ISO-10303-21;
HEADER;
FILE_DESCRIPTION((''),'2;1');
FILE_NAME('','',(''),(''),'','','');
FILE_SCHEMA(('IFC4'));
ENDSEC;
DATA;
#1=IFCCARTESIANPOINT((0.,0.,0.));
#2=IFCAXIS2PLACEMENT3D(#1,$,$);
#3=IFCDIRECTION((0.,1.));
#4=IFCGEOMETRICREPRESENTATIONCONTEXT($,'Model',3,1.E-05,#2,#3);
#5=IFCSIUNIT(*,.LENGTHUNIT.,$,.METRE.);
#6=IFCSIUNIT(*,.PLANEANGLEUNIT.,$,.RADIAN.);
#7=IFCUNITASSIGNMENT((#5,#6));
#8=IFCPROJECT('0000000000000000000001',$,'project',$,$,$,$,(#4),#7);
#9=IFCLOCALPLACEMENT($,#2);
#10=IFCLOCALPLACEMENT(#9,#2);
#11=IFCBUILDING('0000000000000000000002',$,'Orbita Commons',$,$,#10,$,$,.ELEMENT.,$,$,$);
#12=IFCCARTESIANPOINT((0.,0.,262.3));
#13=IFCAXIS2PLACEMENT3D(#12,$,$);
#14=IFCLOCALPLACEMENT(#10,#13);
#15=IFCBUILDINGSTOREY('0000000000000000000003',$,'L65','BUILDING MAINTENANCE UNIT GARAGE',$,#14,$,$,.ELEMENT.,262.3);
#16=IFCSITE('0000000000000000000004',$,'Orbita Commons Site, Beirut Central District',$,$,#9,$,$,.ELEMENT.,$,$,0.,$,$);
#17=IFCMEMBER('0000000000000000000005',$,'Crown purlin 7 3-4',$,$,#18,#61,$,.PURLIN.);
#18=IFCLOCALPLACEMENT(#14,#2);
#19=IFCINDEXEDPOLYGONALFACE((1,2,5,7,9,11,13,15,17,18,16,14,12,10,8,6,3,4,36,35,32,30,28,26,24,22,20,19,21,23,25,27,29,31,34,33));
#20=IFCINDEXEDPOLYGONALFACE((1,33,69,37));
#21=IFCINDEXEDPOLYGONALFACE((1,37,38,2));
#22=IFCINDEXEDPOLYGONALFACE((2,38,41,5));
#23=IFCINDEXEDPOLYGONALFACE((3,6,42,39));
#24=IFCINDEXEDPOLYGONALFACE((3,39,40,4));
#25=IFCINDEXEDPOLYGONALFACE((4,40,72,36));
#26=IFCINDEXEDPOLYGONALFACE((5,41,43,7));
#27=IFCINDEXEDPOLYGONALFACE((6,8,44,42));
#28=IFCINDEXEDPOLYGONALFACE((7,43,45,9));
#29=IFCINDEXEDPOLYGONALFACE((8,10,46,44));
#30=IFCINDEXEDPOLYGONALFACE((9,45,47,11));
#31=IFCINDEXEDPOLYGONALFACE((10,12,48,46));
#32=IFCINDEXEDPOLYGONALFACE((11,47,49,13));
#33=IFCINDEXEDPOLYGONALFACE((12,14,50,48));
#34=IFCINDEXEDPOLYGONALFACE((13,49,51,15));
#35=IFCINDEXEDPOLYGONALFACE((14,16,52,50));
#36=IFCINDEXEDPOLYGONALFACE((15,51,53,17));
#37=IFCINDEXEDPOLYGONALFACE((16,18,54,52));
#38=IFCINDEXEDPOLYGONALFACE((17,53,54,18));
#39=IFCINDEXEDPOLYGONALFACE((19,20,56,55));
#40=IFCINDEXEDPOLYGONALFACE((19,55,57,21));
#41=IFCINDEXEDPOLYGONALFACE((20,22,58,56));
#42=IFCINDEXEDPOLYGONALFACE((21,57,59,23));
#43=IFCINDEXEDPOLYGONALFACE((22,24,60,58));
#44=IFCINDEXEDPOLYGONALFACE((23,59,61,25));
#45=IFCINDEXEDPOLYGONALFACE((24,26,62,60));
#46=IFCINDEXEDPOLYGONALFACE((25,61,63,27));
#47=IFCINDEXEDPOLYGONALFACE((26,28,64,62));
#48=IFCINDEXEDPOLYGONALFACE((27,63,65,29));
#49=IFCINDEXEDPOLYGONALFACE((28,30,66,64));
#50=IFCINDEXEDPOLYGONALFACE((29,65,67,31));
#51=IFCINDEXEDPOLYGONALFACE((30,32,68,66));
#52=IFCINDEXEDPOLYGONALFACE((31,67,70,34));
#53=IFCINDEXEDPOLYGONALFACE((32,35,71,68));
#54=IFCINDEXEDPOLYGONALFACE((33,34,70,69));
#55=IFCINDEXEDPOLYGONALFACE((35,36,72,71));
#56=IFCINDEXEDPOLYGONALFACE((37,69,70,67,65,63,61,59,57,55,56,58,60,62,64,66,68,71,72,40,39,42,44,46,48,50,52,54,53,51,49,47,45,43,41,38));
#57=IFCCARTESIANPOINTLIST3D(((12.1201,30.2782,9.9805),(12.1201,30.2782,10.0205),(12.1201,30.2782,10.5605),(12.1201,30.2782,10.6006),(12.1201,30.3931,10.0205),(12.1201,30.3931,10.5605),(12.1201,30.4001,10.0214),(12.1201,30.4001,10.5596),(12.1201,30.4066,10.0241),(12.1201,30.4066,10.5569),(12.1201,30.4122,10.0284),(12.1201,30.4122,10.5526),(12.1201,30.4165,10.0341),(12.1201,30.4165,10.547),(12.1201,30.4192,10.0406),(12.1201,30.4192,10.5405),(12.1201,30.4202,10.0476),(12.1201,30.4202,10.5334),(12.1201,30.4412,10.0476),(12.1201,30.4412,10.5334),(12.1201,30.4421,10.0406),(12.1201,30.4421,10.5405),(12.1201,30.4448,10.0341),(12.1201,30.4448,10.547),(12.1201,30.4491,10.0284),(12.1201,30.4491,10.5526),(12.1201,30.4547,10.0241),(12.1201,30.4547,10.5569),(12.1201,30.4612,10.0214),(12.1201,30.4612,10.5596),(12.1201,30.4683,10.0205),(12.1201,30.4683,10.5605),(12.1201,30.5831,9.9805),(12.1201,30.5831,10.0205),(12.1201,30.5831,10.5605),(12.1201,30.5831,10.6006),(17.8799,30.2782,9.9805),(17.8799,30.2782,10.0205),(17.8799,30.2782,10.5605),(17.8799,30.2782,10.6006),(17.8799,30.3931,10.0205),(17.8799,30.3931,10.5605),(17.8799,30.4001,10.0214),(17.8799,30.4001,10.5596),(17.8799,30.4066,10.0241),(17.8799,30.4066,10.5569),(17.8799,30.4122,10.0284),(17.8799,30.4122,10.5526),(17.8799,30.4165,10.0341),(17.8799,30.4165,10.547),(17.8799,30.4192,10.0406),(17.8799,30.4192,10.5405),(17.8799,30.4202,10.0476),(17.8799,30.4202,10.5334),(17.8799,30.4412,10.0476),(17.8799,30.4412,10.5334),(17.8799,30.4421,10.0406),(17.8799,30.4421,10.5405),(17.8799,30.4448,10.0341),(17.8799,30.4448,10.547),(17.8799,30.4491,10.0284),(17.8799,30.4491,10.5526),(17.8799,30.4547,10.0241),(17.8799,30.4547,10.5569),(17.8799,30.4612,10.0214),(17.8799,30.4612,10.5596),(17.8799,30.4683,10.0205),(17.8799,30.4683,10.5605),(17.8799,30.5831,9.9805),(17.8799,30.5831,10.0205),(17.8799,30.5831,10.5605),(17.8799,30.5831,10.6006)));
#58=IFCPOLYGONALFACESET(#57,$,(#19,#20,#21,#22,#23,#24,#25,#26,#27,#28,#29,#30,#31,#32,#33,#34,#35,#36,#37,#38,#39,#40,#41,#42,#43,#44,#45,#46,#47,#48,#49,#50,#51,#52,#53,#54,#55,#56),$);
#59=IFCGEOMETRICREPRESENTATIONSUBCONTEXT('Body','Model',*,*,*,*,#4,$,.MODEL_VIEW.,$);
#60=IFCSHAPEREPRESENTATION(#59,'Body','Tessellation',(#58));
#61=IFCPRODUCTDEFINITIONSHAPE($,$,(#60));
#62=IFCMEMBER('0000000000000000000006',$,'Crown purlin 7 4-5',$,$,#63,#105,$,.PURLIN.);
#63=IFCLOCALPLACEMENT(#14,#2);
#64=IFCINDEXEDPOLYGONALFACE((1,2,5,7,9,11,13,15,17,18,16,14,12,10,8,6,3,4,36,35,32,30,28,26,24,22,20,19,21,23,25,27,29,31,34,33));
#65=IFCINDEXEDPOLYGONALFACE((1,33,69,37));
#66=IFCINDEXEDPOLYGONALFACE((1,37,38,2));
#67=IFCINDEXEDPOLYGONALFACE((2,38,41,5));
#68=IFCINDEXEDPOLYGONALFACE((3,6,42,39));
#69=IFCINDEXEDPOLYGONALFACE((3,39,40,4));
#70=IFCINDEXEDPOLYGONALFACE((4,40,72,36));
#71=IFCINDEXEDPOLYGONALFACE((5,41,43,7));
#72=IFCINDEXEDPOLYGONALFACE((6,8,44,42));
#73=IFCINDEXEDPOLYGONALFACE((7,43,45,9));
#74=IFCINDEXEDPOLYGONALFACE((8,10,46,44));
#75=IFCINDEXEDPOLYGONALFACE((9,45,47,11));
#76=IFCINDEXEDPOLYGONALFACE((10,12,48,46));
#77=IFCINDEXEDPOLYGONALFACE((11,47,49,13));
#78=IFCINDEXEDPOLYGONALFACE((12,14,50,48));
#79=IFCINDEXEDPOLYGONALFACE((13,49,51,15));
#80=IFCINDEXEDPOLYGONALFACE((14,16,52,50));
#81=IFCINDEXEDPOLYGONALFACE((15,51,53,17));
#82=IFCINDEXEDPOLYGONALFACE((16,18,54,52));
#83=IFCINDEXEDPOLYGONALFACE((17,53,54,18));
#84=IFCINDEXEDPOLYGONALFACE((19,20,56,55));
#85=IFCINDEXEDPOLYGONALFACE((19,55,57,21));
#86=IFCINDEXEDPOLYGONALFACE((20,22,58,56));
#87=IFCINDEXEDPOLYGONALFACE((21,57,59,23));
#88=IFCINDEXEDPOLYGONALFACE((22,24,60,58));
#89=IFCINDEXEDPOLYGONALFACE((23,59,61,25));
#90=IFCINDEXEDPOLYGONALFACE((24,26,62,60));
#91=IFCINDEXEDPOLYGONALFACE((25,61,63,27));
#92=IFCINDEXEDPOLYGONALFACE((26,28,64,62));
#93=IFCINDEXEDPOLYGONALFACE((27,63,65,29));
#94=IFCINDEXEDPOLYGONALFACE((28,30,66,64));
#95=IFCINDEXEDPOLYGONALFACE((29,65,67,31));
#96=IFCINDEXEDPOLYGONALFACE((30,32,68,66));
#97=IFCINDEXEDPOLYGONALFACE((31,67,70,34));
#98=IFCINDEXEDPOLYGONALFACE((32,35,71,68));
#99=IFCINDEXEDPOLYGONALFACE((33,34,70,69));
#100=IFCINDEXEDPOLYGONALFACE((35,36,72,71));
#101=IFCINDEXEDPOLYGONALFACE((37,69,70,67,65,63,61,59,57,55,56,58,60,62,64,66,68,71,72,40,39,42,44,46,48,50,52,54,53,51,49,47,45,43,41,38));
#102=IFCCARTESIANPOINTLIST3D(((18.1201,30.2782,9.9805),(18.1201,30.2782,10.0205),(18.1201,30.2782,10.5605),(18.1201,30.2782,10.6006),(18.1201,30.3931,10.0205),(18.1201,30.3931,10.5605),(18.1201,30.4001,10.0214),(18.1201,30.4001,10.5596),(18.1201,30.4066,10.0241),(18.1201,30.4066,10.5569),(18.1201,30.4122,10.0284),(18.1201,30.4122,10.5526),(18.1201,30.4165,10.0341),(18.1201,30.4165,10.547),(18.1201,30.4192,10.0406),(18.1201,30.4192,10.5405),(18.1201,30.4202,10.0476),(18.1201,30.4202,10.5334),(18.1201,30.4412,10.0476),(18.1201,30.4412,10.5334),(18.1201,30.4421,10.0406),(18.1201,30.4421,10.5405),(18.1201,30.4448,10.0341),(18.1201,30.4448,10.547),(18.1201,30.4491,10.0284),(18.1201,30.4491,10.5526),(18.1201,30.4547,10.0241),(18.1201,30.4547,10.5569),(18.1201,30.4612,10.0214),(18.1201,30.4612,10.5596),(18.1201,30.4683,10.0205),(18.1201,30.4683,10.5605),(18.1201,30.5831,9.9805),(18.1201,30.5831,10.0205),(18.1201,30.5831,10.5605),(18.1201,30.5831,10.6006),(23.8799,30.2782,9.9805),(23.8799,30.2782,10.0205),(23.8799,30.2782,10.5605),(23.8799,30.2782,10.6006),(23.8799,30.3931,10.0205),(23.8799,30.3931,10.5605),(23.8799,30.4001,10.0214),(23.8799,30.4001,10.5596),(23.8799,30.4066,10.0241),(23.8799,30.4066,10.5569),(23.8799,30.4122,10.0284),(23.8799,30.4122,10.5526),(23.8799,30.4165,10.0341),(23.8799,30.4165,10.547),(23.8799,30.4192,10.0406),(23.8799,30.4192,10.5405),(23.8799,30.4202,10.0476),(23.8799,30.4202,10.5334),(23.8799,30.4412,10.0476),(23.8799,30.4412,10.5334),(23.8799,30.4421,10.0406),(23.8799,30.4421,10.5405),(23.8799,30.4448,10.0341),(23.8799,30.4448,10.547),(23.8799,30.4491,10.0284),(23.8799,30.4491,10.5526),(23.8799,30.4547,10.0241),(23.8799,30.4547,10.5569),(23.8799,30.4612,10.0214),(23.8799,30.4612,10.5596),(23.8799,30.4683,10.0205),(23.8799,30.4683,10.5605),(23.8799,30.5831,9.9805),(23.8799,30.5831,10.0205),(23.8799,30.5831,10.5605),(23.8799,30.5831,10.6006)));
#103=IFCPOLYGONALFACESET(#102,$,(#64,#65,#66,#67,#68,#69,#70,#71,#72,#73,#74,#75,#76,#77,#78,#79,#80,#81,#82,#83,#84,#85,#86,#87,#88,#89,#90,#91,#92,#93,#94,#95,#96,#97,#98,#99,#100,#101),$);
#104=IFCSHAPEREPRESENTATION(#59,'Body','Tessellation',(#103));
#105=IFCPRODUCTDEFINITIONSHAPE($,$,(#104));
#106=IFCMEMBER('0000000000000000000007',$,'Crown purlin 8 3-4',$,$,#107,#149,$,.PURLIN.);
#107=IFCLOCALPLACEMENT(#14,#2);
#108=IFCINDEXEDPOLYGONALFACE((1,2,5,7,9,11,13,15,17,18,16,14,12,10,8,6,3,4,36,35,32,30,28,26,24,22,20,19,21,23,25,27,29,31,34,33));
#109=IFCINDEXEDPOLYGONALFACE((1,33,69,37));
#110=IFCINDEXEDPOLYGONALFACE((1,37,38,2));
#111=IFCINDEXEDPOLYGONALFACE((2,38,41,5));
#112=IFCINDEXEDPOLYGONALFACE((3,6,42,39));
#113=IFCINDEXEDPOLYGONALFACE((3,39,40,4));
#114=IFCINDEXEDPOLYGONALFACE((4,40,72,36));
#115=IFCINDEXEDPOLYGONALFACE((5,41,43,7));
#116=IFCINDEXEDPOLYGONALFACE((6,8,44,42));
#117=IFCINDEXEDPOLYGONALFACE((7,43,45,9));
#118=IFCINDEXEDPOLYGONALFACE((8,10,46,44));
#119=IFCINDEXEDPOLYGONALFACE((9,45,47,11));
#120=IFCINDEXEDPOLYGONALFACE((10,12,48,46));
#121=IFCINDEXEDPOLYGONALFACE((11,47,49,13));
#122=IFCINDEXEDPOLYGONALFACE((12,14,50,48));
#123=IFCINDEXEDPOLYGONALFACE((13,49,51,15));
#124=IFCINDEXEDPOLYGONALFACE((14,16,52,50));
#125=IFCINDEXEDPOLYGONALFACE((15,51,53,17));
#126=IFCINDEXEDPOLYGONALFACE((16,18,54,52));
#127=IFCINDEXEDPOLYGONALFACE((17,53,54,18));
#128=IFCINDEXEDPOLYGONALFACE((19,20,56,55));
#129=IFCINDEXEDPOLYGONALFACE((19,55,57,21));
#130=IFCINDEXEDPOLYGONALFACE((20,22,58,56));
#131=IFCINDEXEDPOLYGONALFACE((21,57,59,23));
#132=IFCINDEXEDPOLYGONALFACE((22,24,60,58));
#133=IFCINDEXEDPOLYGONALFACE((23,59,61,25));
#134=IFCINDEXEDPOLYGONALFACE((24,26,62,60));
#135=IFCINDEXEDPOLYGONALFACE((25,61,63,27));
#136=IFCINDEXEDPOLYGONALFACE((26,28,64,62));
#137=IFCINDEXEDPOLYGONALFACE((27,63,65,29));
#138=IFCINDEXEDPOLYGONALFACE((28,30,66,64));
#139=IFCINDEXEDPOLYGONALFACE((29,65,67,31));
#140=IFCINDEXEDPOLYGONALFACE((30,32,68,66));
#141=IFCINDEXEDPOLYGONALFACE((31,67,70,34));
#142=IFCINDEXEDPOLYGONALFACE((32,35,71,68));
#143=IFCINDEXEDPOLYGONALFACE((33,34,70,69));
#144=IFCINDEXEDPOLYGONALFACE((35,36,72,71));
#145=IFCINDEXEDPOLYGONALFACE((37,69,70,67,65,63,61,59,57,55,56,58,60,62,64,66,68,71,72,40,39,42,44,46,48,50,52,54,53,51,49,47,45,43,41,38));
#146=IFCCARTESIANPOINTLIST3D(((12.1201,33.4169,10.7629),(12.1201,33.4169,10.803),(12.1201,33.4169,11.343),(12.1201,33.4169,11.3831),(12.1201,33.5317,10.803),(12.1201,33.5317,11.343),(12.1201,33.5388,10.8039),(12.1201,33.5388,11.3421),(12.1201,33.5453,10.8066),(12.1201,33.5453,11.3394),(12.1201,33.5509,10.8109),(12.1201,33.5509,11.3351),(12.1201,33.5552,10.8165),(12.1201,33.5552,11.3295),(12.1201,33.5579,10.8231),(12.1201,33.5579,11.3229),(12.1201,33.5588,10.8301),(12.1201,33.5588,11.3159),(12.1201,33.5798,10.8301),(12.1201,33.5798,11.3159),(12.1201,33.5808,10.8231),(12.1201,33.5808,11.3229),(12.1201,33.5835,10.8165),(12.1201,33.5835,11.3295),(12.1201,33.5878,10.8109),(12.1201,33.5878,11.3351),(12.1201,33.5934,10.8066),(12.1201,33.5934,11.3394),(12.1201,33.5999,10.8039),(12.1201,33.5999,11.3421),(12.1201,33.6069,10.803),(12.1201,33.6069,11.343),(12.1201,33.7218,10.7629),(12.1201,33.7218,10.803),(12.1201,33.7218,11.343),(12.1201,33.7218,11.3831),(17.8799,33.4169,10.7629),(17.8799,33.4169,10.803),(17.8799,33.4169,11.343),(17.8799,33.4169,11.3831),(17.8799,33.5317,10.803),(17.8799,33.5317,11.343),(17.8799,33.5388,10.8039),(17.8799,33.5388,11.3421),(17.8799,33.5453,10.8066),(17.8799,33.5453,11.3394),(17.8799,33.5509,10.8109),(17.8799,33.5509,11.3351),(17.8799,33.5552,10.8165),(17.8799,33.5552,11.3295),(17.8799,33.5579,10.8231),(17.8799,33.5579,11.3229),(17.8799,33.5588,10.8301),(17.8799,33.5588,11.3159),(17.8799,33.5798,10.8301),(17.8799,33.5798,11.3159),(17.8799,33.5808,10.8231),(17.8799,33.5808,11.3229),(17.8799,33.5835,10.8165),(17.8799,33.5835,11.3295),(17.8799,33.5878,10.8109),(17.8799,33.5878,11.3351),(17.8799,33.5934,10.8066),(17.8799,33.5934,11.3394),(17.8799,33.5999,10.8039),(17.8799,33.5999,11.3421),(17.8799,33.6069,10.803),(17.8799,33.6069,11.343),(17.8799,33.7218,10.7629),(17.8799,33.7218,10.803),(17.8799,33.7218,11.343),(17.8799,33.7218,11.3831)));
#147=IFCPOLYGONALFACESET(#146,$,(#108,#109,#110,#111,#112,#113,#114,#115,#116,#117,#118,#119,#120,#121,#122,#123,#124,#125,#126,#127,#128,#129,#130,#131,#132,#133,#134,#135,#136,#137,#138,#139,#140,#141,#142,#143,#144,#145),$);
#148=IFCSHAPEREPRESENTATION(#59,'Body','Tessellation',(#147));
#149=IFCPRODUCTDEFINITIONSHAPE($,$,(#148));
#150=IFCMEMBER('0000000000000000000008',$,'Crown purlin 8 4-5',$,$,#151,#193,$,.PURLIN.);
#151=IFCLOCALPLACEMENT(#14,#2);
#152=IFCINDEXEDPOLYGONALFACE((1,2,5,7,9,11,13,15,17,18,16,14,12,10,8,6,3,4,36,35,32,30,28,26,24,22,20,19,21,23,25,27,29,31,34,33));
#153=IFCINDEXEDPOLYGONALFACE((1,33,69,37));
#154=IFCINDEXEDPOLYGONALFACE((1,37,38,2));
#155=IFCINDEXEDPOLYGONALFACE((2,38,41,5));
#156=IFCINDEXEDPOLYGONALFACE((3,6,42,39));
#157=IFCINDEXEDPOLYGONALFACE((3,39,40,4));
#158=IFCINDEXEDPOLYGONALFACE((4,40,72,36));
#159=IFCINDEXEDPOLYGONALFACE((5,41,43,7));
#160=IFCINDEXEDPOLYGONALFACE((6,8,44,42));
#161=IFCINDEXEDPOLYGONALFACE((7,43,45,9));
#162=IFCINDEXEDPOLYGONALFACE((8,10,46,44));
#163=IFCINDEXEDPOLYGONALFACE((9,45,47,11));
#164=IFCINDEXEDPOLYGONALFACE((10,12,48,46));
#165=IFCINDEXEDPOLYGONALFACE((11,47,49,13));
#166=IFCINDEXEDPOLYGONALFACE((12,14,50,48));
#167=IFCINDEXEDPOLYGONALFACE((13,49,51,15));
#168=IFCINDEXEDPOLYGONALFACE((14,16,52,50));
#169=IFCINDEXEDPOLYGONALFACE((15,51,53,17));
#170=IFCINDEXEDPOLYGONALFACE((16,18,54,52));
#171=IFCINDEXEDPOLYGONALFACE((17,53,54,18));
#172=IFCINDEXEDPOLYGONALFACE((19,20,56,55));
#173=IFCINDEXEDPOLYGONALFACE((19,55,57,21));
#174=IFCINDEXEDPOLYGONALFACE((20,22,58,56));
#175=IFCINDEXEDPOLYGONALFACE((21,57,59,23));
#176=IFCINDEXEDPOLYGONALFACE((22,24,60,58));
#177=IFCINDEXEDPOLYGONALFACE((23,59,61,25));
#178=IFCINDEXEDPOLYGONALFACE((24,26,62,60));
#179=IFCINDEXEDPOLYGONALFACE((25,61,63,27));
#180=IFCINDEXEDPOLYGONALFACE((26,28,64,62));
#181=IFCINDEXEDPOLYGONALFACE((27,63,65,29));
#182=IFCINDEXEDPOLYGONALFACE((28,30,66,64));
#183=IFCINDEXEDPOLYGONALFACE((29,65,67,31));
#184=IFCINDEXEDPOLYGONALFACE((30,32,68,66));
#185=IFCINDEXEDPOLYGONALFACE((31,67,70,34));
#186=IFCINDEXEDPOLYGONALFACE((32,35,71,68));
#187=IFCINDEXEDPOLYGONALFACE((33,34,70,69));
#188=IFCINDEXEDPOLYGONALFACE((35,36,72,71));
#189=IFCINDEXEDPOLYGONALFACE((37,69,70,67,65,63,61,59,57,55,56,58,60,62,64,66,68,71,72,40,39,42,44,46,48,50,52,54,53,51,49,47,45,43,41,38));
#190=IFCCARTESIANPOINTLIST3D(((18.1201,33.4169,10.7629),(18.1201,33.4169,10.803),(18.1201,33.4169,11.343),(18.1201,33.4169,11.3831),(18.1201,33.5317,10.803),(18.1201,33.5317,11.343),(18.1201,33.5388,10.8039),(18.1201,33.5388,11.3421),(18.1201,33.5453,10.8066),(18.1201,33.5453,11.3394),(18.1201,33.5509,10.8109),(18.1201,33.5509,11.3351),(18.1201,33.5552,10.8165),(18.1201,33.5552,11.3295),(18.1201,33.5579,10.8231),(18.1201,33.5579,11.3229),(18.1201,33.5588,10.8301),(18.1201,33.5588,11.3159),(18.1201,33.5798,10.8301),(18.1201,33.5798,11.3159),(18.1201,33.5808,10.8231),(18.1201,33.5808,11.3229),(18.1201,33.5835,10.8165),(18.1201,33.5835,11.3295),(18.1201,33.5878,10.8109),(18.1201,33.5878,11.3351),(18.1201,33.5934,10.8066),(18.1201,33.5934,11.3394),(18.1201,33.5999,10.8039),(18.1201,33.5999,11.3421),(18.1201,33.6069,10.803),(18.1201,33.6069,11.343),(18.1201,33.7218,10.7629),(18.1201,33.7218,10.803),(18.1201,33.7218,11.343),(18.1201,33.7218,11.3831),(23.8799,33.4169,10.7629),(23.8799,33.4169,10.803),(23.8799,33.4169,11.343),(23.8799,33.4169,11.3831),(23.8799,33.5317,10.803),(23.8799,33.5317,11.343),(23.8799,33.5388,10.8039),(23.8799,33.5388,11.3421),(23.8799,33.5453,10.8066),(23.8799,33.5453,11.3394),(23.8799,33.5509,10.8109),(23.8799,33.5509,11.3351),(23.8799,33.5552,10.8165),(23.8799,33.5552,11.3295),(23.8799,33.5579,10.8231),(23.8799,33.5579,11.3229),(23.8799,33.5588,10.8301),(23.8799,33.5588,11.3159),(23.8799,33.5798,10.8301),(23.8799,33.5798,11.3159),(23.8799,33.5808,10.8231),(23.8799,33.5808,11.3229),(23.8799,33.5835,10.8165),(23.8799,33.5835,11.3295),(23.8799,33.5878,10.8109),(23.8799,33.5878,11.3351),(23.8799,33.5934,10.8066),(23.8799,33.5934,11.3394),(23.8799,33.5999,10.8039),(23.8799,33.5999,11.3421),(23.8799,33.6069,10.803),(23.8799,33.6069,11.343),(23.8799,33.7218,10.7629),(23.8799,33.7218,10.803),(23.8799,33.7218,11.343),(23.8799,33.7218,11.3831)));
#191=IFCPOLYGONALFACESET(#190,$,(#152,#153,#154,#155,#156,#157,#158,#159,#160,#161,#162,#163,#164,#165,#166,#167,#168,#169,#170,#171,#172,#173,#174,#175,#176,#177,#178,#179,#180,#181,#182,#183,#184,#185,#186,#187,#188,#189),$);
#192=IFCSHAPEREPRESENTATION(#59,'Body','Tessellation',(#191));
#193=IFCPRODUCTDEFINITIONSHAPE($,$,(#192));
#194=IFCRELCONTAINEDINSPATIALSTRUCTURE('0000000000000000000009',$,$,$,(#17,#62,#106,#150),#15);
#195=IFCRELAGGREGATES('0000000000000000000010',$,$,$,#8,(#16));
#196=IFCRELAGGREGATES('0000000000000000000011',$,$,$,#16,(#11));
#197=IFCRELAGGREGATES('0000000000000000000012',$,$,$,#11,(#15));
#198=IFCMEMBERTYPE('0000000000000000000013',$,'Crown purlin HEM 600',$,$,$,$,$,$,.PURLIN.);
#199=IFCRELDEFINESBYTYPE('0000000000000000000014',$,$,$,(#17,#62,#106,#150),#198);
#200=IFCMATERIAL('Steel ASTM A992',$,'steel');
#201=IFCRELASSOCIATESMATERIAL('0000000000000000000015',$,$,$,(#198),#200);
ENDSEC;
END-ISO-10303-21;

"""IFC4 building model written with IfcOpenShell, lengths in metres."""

from ifc_helpers import new_model, si_unit, direction, frame, origin, origin_2d, place, context, subcontext, project, spatial, i_section, extrude, material, material_profile, profile_set, type_object, element, save


model = new_model("IFC4")

# Units and contexts
model_context = context("Model", 3, precision=1e-05, world=origin(), true_north=direction((0.0, 1.0)))
body_context = subcontext(model_context, "Body", "Model", "MODEL_VIEW")
ifc_project = project(units=[si_unit("LENGTHUNIT", "METRE"), si_unit("PLANEANGLEUNIT", "RADIAN")], contexts=[model_context])

# Site, building, storey
site_placement = place(None, origin())
site = spatial("IfcSite", under=ifc_project, at=site_placement, Name="Orbita Commons Site, Beirut Central District", CompositionType="ELEMENT", RefElevation=0.0)
building_placement = place(site_placement, origin())
building = spatial("IfcBuilding", under=site, at=building_placement, Name="Orbita Commons", CompositionType="ELEMENT")
storey_placement = place(building_placement, frame((0.0, 0.0, 262.3)))
storey = spatial("IfcBuildingStorey", under=building, at=storey_placement, Name="L65", Description="BUILDING MAINTENANCE UNIT GARAGE", CompositionType="ELEMENT", Elevation=262.3)

# Members
ifc_material_1 = material(Name="Steel ASTM A992", Category="steel")
ifc_material_profile_1 = material_profile(ifc_material_1, i_section(OverallWidth=0.3049, OverallDepth=0.6201, WebThickness=0.021, FlangeThickness=0.04, FilletRadius=0.0271, at=origin_2d()), Name="HEM 600")
ifc_profile_set_1 = profile_set([ifc_material_profile_1], Name="Steel ASTM A992")
member_type_1 = type_object("IfcMemberType", Name="Crown purlin HEM 600", PredefinedType="PURLIN", material=ifc_profile_set_1)
for number, where, z_axis, x_axis, name in (
    (1, (12.1201, 30.4307, 10.2905), (1.0, 0.0, 0.0), (0.0, 1.0, 0.0), "Crown purlin 7 3-4"),
    (2, (18.1201, 30.4307, 10.2905), (1.0, 0.0, 0.0), (0.0, 1.0, 0.0), "Crown purlin 7 4-5"),
    (3, (12.1201, 33.5693, 11.073), (1.0, 0.0, 0.0), (0.0, 1.0, 0.0), "Crown purlin 8 3-4"),
    (4, (18.1201, 33.5693, 11.073), (1.0, 0.0, 0.0), (0.0, 1.0, 0.0), "Crown purlin 8 4-5"),
):
    element("IfcMember", number, at=place(storey_placement, frame(where, z_axis=z_axis, x_axis=x_axis)), inside=storey, type_object=member_type_1, Name=name, PredefinedType="PURLIN", context=body_context, shape_type="SweptSolid", body=[
        extrude(i_section(OverallWidth=0.3049, OverallDepth=0.6201, WebThickness=0.021, FlangeThickness=0.04, FilletRadius=0.0271, at=origin_2d()), origin(), (0.0, 0.0, 1.0), 5.7598),
    ])

save(model, "model.ifc")
